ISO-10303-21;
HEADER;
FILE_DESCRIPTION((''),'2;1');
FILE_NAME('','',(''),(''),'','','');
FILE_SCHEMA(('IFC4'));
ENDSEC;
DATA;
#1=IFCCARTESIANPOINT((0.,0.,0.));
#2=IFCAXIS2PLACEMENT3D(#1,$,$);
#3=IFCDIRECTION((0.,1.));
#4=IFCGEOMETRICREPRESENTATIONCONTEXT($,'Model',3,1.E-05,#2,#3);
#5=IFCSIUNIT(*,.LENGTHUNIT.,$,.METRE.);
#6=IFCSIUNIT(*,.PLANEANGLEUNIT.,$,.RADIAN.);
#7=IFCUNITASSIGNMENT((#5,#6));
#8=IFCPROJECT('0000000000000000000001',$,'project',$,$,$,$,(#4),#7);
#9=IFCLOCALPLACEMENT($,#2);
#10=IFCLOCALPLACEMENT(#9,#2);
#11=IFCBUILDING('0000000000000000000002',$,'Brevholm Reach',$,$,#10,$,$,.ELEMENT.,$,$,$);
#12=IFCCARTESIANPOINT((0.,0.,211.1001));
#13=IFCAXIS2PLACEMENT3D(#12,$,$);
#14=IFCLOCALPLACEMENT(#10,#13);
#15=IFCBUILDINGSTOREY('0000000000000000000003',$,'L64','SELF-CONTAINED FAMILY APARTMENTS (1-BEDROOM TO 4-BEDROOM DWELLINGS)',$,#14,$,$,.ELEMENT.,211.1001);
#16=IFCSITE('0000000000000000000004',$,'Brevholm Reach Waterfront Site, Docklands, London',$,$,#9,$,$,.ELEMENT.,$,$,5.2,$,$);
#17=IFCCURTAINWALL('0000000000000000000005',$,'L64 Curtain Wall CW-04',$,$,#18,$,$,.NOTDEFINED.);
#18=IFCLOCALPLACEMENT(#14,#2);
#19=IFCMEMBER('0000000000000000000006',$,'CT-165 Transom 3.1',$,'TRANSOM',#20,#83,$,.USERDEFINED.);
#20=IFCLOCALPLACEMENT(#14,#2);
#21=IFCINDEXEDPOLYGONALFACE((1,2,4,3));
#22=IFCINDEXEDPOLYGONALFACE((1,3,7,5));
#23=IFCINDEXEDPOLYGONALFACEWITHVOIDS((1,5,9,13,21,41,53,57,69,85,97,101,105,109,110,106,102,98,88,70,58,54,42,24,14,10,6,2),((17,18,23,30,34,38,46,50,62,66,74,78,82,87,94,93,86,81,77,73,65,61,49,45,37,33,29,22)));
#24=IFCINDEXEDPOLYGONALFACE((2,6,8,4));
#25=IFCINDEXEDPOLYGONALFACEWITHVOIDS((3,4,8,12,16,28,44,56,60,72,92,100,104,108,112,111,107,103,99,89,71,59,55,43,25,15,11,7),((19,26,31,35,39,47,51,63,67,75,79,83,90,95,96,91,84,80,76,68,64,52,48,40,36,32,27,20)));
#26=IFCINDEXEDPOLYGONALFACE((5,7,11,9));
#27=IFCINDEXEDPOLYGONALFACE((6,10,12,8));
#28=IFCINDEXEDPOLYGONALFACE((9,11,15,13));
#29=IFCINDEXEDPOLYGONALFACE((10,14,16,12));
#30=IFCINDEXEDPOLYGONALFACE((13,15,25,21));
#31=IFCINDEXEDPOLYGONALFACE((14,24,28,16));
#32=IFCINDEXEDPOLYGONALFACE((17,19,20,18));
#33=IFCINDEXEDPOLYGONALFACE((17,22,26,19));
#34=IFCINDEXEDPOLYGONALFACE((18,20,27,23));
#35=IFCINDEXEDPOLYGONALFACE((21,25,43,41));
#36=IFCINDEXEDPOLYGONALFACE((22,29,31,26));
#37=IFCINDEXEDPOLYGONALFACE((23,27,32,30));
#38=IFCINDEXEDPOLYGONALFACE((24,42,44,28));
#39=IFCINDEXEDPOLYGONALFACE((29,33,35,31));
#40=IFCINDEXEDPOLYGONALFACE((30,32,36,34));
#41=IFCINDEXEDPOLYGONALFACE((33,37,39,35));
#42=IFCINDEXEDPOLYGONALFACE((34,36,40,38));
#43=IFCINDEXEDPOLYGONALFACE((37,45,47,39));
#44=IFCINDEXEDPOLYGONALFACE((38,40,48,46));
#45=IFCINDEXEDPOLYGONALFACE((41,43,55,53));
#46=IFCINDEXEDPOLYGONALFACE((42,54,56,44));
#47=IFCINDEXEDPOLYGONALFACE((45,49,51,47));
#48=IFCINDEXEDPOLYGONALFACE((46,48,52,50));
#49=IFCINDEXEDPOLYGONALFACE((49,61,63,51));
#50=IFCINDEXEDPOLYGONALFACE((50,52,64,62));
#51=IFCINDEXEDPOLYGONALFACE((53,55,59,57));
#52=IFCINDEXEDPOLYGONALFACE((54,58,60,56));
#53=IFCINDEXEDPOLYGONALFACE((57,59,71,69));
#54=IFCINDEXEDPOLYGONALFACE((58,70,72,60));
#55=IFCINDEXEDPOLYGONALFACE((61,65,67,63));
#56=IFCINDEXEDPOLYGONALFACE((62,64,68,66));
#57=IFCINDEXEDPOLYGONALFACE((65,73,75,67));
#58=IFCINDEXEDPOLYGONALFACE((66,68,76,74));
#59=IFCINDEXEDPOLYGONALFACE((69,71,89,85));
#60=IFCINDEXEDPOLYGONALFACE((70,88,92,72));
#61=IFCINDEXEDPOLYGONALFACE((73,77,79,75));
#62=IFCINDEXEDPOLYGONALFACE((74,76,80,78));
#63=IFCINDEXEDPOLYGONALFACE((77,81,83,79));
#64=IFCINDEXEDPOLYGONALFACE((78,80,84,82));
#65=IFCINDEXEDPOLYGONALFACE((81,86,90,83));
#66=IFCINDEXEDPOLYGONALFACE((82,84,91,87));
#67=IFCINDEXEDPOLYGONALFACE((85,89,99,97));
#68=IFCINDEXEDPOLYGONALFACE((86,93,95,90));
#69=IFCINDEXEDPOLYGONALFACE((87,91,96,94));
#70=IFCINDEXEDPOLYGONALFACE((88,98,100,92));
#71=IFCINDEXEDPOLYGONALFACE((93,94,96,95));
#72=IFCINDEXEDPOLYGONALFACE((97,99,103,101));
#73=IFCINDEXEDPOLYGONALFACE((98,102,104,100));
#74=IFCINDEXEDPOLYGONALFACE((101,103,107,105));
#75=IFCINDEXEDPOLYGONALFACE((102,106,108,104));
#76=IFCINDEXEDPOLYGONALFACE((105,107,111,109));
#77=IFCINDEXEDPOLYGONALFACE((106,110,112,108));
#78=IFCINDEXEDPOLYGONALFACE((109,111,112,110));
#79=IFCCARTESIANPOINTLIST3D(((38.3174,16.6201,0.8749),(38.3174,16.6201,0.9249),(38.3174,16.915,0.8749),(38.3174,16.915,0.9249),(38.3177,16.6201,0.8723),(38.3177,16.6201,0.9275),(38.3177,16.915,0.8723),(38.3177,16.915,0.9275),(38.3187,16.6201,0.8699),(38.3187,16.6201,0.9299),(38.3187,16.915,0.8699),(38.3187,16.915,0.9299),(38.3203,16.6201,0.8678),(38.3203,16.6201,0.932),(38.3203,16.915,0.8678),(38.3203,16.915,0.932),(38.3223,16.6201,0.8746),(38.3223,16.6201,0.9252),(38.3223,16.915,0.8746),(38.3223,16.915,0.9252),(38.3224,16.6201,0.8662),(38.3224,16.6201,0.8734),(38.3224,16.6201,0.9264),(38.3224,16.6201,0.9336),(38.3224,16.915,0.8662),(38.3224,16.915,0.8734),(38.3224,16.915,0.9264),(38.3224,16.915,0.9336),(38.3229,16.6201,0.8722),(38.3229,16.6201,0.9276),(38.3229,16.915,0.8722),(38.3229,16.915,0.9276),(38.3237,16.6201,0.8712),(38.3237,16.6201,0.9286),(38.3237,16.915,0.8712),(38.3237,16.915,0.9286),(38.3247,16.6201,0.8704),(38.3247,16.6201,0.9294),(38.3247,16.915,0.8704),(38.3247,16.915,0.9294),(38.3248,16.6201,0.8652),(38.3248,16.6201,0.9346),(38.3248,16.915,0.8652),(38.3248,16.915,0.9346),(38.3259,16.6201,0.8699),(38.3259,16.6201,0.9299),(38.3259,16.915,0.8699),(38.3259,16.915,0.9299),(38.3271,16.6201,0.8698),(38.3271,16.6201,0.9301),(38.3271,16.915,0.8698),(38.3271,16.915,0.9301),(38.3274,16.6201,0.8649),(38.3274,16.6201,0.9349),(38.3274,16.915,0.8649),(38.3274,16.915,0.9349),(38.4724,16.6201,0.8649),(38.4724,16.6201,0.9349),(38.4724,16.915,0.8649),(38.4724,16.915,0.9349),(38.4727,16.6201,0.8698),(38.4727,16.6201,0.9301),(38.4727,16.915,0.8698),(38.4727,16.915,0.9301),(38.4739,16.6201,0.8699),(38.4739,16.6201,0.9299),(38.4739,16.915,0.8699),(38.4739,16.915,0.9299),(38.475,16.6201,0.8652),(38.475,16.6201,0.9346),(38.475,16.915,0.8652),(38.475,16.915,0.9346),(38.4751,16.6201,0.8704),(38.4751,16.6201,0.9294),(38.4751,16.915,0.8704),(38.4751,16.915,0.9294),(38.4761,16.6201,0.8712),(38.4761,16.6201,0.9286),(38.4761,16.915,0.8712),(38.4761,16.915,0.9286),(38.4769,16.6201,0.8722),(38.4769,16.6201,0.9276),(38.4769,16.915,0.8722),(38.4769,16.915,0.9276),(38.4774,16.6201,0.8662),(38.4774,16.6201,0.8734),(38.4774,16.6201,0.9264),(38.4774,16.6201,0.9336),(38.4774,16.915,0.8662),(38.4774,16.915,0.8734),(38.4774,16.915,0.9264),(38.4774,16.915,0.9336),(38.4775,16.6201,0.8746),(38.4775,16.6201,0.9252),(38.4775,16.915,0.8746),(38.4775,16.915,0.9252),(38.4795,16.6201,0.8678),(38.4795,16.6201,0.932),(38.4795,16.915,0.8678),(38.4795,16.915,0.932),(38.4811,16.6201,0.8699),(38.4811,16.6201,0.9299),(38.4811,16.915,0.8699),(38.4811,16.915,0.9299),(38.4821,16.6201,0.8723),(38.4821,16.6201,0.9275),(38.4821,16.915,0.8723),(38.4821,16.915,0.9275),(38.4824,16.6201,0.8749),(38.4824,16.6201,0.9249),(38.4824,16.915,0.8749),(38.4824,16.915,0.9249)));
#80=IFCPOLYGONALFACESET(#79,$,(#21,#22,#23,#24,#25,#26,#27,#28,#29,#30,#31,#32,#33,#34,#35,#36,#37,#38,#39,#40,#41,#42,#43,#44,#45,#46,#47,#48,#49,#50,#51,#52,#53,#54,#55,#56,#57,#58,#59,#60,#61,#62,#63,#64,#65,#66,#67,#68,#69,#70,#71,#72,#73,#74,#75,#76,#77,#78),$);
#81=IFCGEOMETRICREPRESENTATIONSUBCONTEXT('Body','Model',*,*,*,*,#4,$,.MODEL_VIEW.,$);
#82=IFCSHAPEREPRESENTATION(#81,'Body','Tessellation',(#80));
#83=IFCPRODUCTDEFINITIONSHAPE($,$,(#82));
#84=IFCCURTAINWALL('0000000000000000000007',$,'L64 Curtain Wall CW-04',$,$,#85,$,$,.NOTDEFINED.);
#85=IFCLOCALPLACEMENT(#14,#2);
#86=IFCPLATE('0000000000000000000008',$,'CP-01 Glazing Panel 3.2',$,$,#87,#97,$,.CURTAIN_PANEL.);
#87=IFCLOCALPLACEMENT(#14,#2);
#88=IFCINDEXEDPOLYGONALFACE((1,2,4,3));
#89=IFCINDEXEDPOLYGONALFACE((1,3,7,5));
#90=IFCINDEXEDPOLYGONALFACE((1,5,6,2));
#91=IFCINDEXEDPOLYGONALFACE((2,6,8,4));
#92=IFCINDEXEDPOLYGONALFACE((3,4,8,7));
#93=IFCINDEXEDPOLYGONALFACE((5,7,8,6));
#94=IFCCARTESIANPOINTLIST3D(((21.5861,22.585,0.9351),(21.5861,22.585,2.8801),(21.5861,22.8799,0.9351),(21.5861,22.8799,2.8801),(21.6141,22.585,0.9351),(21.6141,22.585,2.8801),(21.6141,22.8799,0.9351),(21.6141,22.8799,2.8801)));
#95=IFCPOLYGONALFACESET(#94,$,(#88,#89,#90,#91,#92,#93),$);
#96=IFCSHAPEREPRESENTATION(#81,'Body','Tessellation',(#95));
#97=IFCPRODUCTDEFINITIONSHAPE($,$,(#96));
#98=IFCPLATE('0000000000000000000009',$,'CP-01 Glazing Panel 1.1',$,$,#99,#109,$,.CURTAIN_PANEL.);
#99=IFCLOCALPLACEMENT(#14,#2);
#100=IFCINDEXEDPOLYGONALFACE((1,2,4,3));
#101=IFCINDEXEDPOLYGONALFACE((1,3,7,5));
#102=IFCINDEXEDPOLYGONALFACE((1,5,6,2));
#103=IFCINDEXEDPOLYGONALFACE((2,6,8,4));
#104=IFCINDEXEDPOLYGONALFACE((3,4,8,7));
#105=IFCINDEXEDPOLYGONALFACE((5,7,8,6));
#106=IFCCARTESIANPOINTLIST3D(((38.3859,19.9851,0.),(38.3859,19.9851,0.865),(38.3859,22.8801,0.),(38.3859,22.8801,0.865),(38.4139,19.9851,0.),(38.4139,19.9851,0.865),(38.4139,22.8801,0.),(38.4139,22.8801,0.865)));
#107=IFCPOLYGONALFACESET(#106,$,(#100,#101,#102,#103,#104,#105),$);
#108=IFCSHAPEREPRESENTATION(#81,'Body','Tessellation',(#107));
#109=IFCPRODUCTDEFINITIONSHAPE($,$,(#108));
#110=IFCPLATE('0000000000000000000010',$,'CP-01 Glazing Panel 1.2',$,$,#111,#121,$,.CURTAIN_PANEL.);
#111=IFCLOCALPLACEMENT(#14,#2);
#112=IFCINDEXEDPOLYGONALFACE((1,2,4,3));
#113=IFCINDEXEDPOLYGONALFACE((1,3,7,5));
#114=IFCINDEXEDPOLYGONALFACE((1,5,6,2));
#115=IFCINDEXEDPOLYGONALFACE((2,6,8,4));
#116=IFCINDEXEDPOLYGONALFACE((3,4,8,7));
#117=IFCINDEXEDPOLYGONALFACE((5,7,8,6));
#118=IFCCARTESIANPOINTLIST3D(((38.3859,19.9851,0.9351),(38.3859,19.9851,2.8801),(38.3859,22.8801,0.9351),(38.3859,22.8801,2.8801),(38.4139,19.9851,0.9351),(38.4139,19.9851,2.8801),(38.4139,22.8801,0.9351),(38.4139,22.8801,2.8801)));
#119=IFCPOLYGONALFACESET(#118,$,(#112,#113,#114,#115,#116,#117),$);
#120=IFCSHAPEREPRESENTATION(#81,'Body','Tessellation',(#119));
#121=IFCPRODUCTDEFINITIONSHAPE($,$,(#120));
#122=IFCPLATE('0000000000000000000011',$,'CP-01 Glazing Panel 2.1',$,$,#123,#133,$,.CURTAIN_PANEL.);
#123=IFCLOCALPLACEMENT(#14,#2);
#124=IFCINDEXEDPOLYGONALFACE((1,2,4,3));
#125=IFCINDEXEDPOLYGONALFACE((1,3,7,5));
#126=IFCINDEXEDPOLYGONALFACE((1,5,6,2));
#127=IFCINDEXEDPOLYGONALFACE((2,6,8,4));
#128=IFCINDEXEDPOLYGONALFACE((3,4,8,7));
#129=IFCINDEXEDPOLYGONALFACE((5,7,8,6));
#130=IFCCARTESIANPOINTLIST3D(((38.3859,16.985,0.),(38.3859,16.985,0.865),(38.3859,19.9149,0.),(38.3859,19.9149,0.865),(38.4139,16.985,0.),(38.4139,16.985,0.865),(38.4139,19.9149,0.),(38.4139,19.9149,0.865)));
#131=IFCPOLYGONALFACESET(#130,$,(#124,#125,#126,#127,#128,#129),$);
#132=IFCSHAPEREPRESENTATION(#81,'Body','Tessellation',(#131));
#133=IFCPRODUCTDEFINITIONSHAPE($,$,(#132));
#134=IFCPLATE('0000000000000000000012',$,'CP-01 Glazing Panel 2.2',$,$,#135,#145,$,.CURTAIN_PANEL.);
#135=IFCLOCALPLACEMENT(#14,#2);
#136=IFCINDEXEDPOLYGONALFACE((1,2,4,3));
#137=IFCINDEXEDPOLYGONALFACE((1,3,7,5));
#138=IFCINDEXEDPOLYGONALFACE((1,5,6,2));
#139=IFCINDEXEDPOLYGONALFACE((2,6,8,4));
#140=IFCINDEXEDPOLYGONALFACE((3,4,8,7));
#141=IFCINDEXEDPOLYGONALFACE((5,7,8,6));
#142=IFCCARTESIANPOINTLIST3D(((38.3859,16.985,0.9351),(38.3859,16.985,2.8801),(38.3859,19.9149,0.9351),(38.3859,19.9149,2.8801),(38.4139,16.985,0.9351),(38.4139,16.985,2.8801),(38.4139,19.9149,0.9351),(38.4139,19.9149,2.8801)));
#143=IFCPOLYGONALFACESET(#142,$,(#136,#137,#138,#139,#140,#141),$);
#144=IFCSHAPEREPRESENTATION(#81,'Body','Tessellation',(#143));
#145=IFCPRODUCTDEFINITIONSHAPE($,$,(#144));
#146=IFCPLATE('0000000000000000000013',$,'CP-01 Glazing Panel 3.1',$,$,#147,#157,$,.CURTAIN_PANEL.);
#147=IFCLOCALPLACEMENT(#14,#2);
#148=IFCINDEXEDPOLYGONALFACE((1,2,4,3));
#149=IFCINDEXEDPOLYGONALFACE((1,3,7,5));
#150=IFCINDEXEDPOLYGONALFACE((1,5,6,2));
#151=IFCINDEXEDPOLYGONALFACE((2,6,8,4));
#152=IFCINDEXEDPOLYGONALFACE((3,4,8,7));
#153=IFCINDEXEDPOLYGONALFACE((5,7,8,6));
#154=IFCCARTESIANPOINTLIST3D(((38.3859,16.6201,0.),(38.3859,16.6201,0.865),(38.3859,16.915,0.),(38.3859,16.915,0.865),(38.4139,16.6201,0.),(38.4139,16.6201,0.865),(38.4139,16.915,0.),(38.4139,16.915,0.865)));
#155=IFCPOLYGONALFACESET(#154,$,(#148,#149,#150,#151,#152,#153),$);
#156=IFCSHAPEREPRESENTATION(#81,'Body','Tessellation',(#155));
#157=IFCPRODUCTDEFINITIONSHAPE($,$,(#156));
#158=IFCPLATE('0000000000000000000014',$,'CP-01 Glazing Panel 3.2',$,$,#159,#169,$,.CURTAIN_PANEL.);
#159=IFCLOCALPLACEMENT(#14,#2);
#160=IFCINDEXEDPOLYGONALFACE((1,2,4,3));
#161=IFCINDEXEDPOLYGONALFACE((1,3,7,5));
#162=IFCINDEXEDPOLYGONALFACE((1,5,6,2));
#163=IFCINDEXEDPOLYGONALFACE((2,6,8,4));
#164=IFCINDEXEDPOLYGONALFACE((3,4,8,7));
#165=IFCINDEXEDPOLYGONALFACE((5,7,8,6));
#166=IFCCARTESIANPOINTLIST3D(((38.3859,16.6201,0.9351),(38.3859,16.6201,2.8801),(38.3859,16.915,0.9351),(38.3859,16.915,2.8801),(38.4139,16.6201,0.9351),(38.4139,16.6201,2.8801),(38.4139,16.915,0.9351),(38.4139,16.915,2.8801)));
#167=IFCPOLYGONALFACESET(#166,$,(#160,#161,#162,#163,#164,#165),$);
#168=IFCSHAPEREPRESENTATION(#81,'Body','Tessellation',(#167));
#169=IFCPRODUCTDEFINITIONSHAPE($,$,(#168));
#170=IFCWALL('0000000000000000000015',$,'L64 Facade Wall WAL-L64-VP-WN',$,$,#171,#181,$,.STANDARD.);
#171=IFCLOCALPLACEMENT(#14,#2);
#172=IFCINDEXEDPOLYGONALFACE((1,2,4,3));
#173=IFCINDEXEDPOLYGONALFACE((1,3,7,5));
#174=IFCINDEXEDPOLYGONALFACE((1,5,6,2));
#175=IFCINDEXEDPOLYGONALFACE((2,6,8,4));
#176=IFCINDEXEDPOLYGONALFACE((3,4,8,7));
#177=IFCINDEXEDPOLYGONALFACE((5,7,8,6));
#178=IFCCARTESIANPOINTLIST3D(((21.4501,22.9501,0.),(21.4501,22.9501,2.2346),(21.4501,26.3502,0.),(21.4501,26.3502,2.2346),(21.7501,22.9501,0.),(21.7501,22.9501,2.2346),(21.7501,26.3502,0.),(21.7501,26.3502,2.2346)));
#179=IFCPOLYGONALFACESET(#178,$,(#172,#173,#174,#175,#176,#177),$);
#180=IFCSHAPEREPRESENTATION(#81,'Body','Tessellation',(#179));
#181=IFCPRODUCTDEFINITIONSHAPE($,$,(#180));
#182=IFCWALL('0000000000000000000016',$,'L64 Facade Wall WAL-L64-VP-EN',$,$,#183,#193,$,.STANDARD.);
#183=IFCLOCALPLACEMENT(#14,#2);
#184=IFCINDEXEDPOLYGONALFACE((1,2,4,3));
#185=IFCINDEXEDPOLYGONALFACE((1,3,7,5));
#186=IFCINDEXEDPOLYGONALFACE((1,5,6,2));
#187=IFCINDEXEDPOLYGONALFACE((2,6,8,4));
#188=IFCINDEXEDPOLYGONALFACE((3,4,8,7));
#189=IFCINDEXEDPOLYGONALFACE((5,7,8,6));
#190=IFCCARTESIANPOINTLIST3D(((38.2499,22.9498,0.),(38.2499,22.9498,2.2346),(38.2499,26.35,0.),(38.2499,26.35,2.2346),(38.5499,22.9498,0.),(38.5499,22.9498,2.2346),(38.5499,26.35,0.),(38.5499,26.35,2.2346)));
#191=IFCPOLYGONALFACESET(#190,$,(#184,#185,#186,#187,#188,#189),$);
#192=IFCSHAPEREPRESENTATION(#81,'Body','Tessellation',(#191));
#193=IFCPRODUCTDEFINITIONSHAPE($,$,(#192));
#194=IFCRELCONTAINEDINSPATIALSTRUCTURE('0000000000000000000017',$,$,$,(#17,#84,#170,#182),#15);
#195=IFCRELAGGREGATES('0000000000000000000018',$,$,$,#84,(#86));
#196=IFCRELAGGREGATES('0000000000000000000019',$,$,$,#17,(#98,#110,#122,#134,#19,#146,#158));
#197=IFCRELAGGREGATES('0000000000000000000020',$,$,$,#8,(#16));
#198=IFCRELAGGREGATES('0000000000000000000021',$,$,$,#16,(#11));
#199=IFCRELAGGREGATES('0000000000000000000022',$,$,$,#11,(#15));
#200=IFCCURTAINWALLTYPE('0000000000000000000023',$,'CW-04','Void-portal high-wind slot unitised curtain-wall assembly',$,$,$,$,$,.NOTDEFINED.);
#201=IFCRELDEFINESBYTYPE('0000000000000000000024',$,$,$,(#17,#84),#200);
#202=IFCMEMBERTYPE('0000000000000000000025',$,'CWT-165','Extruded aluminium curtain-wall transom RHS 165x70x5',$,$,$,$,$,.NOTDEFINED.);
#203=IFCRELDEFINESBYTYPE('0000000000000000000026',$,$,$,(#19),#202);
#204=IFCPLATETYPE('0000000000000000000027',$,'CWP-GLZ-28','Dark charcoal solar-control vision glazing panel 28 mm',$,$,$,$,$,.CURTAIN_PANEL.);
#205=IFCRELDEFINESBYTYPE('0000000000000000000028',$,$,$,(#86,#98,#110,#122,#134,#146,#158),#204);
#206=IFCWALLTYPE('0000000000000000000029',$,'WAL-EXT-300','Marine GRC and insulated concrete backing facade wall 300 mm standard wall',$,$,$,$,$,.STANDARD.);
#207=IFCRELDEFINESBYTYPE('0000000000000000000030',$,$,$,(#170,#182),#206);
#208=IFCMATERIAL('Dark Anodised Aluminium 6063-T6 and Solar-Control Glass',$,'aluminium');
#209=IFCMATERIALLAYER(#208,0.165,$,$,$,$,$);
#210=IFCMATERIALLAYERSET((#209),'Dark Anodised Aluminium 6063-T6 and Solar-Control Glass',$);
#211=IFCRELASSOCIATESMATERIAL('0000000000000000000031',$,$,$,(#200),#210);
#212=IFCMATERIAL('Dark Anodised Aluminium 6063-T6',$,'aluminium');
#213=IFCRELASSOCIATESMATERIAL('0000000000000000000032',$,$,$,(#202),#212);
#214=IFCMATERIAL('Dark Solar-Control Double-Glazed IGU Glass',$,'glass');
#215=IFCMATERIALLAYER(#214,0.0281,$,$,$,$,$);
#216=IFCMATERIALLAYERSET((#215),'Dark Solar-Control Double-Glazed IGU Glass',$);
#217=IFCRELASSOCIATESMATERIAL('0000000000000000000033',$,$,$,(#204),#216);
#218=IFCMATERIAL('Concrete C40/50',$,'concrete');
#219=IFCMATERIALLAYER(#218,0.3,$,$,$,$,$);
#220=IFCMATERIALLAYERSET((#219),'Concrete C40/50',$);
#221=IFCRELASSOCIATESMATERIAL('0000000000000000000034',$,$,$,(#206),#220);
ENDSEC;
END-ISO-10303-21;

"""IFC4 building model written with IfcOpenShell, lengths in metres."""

from ifc_helpers import new_model, si_unit, direction, frame, frame_2d, origin, origin_2d, place, context, subcontext, project, spatial, rectangle, hollow_rectangle, extrude, material, layer, layer_set, material_profile, profile_set, type_object, element, aggregate, save


model = new_model("IFC4")

# Units and contexts
model_context = context("Model", 3, precision=1e-05, world=origin(), true_north=direction((0.0, 1.0)))
body_context = subcontext(model_context, "Body", "Model", "MODEL_VIEW")
ifc_project = project(units=[si_unit("LENGTHUNIT", "METRE"), si_unit("PLANEANGLEUNIT", "RADIAN")], contexts=[model_context])

# Site, building, storey
site_placement = place(None, origin())
site = spatial("IfcSite", under=ifc_project, at=site_placement, Name="Brevholm Reach Waterfront Site, Docklands, London", CompositionType="ELEMENT", RefElevation=5.2)
building_placement = place(site_placement, origin())
building = spatial("IfcBuilding", under=site, at=building_placement, Name="Brevholm Reach", CompositionType="ELEMENT")
storey_placement = place(building_placement, frame((0.0, 0.0, 211.1001)))
storey = spatial("IfcBuildingStorey", under=building, at=storey_placement, Name="L64", Description="SELF-CONTAINED FAMILY APARTMENTS (1-BEDROOM TO 4-BEDROOM DWELLINGS)", CompositionType="ELEMENT", Elevation=211.1001)

# Curtain wall, member
ifc_material_1 = material(Name="Dark Anodised Aluminium 6063-T6 and Solar-Control Glass", Category="aluminium")
ifc_layer_1 = layer(ifc_material_1, 0.165)
ifc_layer_set_1 = layer_set([ifc_layer_1], Name="Dark Anodised Aluminium 6063-T6 and Solar-Control Glass")
curtain_wall_type = type_object("IfcCurtainWallType", Name="CW-04", Description="Void-portal high-wind slot unitised curtain-wall assembly", PredefinedType="NOTDEFINED", material=ifc_layer_set_1)
curtain_wall_1_placement = place(storey_placement, origin())
curtain_wall_1 = element("IfcCurtainWall", 1, at=curtain_wall_1_placement, inside=storey, type_object=curtain_wall_type, Name="L64 Curtain Wall CW-04", PredefinedType="NOTDEFINED")
ifc_material_2 = material(Name="Dark Anodised Aluminium 6063-T6", Category="aluminium")
ifc_material_profile_1 = material_profile(ifc_material_2, hollow_rectangle(XDim=0.0701, YDim=0.165, WallThickness=0.0049, InnerFilletRadius=0.0049, OuterFilletRadius=0.01, at=origin_2d()), Name="RHS 165x70x5")
ifc_profile_set_1 = profile_set([ifc_material_profile_1], Name="Dark Anodised Aluminium 6063-T6")
member_type_1 = type_object("IfcMemberType", Name="CWT-165", Description="Extruded aluminium curtain-wall transom RHS 165x70x5", PredefinedType="NOTDEFINED", material=ifc_profile_set_1)
member_1_placement = place(storey_placement, frame((38.3999, 16.915, 0.8999), z_axis=(0.0, -1.0, 0.0), x_axis=(0.0, 0.0, 1.0)))
member_1 = element("IfcMember", 2, at=member_1_placement, type_object=member_type_1, Name="CT-165 Transom 3.1", ObjectType="TRANSOM", PredefinedType="USERDEFINED", context=body_context, shape_type="SweptSolid", body=[
    extrude(hollow_rectangle(XDim=0.0701, YDim=0.165, WallThickness=0.0049, InnerFilletRadius=0.0049, OuterFilletRadius=0.01, at=origin_2d()), origin(), (0.0, 0.0, 1.0), 0.2949),
])

# Curtain wall, plate
curtain_wall_2_placement = place(storey_placement, origin())
curtain_wall_2 = element("IfcCurtainWall", 3, at=curtain_wall_2_placement, inside=storey, type_object=curtain_wall_type, Name="L64 Curtain Wall CW-04", PredefinedType="NOTDEFINED")
ifc_material_3 = material(Name="Dark Solar-Control Double-Glazed IGU Glass", Category="glass")
ifc_layer_2 = layer(ifc_material_3, 0.0281)
ifc_layer_set_2 = layer_set([ifc_layer_2], Name="Dark Solar-Control Double-Glazed IGU Glass")
plate_type = type_object("IfcPlateType", Name="CWP-GLZ-28", Description="Dark charcoal solar-control vision glazing panel 28 mm", PredefinedType="CURTAIN_PANEL", material=ifc_layer_set_2)
plate_1_placement = place(storey_placement, frame((21.6001, 22.7324, 0.9351), z_axis=(0.0, 0.0, 1.0), x_axis=(0.0, 1.0, 0.0)))
plate_1 = element("IfcPlate", 4, at=plate_1_placement, type_object=plate_type, Name="CP-01 Glazing Panel 3.2", PredefinedType="CURTAIN_PANEL", context=body_context, shape_type="SweptSolid", body=[
    extrude(rectangle(XDim=0.2949, YDim=0.0281, at=origin_2d()), origin(), (0.0, 0.0, 1.0), 1.9451),
])
aggregate(curtain_wall_2, [plate_1])

# Plates
plate_2_placement = place(storey_placement, frame((38.3999, 21.4326, 0.0), z_axis=(0.0, 0.0, 1.0), x_axis=(0.0, -1.0, 0.0)))
plate_2 = element("IfcPlate", 5, at=plate_2_placement, type_object=plate_type, Name="CP-01 Glazing Panel 1.1", PredefinedType="CURTAIN_PANEL", context=body_context, shape_type="SweptSolid", body=[
    extrude(rectangle(XDim=2.895, YDim=0.0281, at=origin_2d()), origin(), (0.0, 0.0, 1.0), 0.865),
])
plate_3_placement = place(storey_placement, frame((38.3999, 21.4326, 0.9351), z_axis=(0.0, 0.0, 1.0), x_axis=(0.0, -1.0, 0.0)))
plate_3 = element("IfcPlate", 6, at=plate_3_placement, type_object=plate_type, Name="CP-01 Glazing Panel 1.2", PredefinedType="CURTAIN_PANEL", context=body_context, shape_type="SweptSolid", body=[
    extrude(rectangle(XDim=2.895, YDim=0.0281, at=origin_2d()), origin(), (0.0, 0.0, 1.0), 1.9451),
])
plate_4_placement = place(storey_placement, frame((38.3999, 18.45, 0.0), z_axis=(0.0, 0.0, 1.0), x_axis=(0.0, -1.0, 0.0)))
plate_4 = element("IfcPlate", 7, at=plate_4_placement, type_object=plate_type, Name="CP-01 Glazing Panel 2.1", PredefinedType="CURTAIN_PANEL", context=body_context, shape_type="SweptSolid", body=[
    extrude(rectangle(XDim=2.9299, YDim=0.0281, at=origin_2d()), origin(), (0.0, 0.0, 1.0), 0.865),
])
plate_5_placement = place(storey_placement, frame((38.3999, 18.45, 0.9351), z_axis=(0.0, 0.0, 1.0), x_axis=(0.0, -1.0, 0.0)))
plate_5 = element("IfcPlate", 8, at=plate_5_placement, type_object=plate_type, Name="CP-01 Glazing Panel 2.2", PredefinedType="CURTAIN_PANEL", context=body_context, shape_type="SweptSolid", body=[
    extrude(rectangle(XDim=2.9299, YDim=0.0281, at=origin_2d()), origin(), (0.0, 0.0, 1.0), 1.9451),
])
plate_6_placement = place(storey_placement, frame((38.3999, 16.7676, 0.0), z_axis=(0.0, 0.0, 1.0), x_axis=(0.0, -1.0, 0.0)))
plate_6 = element("IfcPlate", 9, at=plate_6_placement, type_object=plate_type, Name="CP-01 Glazing Panel 3.1", PredefinedType="CURTAIN_PANEL", context=body_context, shape_type="SweptSolid", body=[
    extrude(rectangle(XDim=0.2949, YDim=0.0281, at=origin_2d()), origin(), (0.0, 0.0, 1.0), 0.865),
])
plate_7_placement = place(storey_placement, frame((38.3999, 16.7676, 0.9351), z_axis=(0.0, 0.0, 1.0), x_axis=(0.0, -1.0, 0.0)))
plate_7 = element("IfcPlate", 10, at=plate_7_placement, type_object=plate_type, Name="CP-01 Glazing Panel 3.2", PredefinedType="CURTAIN_PANEL", context=body_context, shape_type="SweptSolid", body=[
    extrude(rectangle(XDim=0.2949, YDim=0.0281, at=origin_2d()), origin(), (0.0, 0.0, 1.0), 1.9451),
])
aggregate(curtain_wall_1, [plate_2, plate_3, plate_4, plate_5, member_1, plate_6, plate_7])

# Walls
ifc_material_4 = material(Name="Concrete C40/50", Category="concrete")
ifc_layer_3 = layer(ifc_material_4, 0.3)
ifc_layer_set_3 = layer_set([ifc_layer_3], Name="Concrete C40/50")
wall_type = type_object("IfcWallType", Name="WAL-EXT-300", Description="Marine GRC and insulated concrete backing facade wall 300 mm standard wall", PredefinedType="STANDARD", material=ifc_layer_set_3)
for number, where, z_axis, x_axis, name in (
    (11, (21.6001, 22.95, 0.0), (0.0, 0.0, 1.0), (0.0, 1.0, 0.0), "L64 Facade Wall WAL-L64-VP-WN"),
    (12, (38.3999, 26.3501, 0.0), (0.0, 0.0, 1.0), (0.0, -1.0, 0.0), "L64 Facade Wall WAL-L64-VP-EN"),
):
    element("IfcWall", number, at=place(storey_placement, frame(where, z_axis=z_axis, x_axis=x_axis)), inside=storey, type_object=wall_type, Name=name, PredefinedType="STANDARD", context=body_context, shape_type="SweptSolid", body=[
        extrude(rectangle(XDim=3.4001, YDim=0.3, at=frame_2d((1.7002, 0.0))), origin(), (0.0, 0.0, 1.0), 2.2346),
    ])

save(model, "model.ifc")
